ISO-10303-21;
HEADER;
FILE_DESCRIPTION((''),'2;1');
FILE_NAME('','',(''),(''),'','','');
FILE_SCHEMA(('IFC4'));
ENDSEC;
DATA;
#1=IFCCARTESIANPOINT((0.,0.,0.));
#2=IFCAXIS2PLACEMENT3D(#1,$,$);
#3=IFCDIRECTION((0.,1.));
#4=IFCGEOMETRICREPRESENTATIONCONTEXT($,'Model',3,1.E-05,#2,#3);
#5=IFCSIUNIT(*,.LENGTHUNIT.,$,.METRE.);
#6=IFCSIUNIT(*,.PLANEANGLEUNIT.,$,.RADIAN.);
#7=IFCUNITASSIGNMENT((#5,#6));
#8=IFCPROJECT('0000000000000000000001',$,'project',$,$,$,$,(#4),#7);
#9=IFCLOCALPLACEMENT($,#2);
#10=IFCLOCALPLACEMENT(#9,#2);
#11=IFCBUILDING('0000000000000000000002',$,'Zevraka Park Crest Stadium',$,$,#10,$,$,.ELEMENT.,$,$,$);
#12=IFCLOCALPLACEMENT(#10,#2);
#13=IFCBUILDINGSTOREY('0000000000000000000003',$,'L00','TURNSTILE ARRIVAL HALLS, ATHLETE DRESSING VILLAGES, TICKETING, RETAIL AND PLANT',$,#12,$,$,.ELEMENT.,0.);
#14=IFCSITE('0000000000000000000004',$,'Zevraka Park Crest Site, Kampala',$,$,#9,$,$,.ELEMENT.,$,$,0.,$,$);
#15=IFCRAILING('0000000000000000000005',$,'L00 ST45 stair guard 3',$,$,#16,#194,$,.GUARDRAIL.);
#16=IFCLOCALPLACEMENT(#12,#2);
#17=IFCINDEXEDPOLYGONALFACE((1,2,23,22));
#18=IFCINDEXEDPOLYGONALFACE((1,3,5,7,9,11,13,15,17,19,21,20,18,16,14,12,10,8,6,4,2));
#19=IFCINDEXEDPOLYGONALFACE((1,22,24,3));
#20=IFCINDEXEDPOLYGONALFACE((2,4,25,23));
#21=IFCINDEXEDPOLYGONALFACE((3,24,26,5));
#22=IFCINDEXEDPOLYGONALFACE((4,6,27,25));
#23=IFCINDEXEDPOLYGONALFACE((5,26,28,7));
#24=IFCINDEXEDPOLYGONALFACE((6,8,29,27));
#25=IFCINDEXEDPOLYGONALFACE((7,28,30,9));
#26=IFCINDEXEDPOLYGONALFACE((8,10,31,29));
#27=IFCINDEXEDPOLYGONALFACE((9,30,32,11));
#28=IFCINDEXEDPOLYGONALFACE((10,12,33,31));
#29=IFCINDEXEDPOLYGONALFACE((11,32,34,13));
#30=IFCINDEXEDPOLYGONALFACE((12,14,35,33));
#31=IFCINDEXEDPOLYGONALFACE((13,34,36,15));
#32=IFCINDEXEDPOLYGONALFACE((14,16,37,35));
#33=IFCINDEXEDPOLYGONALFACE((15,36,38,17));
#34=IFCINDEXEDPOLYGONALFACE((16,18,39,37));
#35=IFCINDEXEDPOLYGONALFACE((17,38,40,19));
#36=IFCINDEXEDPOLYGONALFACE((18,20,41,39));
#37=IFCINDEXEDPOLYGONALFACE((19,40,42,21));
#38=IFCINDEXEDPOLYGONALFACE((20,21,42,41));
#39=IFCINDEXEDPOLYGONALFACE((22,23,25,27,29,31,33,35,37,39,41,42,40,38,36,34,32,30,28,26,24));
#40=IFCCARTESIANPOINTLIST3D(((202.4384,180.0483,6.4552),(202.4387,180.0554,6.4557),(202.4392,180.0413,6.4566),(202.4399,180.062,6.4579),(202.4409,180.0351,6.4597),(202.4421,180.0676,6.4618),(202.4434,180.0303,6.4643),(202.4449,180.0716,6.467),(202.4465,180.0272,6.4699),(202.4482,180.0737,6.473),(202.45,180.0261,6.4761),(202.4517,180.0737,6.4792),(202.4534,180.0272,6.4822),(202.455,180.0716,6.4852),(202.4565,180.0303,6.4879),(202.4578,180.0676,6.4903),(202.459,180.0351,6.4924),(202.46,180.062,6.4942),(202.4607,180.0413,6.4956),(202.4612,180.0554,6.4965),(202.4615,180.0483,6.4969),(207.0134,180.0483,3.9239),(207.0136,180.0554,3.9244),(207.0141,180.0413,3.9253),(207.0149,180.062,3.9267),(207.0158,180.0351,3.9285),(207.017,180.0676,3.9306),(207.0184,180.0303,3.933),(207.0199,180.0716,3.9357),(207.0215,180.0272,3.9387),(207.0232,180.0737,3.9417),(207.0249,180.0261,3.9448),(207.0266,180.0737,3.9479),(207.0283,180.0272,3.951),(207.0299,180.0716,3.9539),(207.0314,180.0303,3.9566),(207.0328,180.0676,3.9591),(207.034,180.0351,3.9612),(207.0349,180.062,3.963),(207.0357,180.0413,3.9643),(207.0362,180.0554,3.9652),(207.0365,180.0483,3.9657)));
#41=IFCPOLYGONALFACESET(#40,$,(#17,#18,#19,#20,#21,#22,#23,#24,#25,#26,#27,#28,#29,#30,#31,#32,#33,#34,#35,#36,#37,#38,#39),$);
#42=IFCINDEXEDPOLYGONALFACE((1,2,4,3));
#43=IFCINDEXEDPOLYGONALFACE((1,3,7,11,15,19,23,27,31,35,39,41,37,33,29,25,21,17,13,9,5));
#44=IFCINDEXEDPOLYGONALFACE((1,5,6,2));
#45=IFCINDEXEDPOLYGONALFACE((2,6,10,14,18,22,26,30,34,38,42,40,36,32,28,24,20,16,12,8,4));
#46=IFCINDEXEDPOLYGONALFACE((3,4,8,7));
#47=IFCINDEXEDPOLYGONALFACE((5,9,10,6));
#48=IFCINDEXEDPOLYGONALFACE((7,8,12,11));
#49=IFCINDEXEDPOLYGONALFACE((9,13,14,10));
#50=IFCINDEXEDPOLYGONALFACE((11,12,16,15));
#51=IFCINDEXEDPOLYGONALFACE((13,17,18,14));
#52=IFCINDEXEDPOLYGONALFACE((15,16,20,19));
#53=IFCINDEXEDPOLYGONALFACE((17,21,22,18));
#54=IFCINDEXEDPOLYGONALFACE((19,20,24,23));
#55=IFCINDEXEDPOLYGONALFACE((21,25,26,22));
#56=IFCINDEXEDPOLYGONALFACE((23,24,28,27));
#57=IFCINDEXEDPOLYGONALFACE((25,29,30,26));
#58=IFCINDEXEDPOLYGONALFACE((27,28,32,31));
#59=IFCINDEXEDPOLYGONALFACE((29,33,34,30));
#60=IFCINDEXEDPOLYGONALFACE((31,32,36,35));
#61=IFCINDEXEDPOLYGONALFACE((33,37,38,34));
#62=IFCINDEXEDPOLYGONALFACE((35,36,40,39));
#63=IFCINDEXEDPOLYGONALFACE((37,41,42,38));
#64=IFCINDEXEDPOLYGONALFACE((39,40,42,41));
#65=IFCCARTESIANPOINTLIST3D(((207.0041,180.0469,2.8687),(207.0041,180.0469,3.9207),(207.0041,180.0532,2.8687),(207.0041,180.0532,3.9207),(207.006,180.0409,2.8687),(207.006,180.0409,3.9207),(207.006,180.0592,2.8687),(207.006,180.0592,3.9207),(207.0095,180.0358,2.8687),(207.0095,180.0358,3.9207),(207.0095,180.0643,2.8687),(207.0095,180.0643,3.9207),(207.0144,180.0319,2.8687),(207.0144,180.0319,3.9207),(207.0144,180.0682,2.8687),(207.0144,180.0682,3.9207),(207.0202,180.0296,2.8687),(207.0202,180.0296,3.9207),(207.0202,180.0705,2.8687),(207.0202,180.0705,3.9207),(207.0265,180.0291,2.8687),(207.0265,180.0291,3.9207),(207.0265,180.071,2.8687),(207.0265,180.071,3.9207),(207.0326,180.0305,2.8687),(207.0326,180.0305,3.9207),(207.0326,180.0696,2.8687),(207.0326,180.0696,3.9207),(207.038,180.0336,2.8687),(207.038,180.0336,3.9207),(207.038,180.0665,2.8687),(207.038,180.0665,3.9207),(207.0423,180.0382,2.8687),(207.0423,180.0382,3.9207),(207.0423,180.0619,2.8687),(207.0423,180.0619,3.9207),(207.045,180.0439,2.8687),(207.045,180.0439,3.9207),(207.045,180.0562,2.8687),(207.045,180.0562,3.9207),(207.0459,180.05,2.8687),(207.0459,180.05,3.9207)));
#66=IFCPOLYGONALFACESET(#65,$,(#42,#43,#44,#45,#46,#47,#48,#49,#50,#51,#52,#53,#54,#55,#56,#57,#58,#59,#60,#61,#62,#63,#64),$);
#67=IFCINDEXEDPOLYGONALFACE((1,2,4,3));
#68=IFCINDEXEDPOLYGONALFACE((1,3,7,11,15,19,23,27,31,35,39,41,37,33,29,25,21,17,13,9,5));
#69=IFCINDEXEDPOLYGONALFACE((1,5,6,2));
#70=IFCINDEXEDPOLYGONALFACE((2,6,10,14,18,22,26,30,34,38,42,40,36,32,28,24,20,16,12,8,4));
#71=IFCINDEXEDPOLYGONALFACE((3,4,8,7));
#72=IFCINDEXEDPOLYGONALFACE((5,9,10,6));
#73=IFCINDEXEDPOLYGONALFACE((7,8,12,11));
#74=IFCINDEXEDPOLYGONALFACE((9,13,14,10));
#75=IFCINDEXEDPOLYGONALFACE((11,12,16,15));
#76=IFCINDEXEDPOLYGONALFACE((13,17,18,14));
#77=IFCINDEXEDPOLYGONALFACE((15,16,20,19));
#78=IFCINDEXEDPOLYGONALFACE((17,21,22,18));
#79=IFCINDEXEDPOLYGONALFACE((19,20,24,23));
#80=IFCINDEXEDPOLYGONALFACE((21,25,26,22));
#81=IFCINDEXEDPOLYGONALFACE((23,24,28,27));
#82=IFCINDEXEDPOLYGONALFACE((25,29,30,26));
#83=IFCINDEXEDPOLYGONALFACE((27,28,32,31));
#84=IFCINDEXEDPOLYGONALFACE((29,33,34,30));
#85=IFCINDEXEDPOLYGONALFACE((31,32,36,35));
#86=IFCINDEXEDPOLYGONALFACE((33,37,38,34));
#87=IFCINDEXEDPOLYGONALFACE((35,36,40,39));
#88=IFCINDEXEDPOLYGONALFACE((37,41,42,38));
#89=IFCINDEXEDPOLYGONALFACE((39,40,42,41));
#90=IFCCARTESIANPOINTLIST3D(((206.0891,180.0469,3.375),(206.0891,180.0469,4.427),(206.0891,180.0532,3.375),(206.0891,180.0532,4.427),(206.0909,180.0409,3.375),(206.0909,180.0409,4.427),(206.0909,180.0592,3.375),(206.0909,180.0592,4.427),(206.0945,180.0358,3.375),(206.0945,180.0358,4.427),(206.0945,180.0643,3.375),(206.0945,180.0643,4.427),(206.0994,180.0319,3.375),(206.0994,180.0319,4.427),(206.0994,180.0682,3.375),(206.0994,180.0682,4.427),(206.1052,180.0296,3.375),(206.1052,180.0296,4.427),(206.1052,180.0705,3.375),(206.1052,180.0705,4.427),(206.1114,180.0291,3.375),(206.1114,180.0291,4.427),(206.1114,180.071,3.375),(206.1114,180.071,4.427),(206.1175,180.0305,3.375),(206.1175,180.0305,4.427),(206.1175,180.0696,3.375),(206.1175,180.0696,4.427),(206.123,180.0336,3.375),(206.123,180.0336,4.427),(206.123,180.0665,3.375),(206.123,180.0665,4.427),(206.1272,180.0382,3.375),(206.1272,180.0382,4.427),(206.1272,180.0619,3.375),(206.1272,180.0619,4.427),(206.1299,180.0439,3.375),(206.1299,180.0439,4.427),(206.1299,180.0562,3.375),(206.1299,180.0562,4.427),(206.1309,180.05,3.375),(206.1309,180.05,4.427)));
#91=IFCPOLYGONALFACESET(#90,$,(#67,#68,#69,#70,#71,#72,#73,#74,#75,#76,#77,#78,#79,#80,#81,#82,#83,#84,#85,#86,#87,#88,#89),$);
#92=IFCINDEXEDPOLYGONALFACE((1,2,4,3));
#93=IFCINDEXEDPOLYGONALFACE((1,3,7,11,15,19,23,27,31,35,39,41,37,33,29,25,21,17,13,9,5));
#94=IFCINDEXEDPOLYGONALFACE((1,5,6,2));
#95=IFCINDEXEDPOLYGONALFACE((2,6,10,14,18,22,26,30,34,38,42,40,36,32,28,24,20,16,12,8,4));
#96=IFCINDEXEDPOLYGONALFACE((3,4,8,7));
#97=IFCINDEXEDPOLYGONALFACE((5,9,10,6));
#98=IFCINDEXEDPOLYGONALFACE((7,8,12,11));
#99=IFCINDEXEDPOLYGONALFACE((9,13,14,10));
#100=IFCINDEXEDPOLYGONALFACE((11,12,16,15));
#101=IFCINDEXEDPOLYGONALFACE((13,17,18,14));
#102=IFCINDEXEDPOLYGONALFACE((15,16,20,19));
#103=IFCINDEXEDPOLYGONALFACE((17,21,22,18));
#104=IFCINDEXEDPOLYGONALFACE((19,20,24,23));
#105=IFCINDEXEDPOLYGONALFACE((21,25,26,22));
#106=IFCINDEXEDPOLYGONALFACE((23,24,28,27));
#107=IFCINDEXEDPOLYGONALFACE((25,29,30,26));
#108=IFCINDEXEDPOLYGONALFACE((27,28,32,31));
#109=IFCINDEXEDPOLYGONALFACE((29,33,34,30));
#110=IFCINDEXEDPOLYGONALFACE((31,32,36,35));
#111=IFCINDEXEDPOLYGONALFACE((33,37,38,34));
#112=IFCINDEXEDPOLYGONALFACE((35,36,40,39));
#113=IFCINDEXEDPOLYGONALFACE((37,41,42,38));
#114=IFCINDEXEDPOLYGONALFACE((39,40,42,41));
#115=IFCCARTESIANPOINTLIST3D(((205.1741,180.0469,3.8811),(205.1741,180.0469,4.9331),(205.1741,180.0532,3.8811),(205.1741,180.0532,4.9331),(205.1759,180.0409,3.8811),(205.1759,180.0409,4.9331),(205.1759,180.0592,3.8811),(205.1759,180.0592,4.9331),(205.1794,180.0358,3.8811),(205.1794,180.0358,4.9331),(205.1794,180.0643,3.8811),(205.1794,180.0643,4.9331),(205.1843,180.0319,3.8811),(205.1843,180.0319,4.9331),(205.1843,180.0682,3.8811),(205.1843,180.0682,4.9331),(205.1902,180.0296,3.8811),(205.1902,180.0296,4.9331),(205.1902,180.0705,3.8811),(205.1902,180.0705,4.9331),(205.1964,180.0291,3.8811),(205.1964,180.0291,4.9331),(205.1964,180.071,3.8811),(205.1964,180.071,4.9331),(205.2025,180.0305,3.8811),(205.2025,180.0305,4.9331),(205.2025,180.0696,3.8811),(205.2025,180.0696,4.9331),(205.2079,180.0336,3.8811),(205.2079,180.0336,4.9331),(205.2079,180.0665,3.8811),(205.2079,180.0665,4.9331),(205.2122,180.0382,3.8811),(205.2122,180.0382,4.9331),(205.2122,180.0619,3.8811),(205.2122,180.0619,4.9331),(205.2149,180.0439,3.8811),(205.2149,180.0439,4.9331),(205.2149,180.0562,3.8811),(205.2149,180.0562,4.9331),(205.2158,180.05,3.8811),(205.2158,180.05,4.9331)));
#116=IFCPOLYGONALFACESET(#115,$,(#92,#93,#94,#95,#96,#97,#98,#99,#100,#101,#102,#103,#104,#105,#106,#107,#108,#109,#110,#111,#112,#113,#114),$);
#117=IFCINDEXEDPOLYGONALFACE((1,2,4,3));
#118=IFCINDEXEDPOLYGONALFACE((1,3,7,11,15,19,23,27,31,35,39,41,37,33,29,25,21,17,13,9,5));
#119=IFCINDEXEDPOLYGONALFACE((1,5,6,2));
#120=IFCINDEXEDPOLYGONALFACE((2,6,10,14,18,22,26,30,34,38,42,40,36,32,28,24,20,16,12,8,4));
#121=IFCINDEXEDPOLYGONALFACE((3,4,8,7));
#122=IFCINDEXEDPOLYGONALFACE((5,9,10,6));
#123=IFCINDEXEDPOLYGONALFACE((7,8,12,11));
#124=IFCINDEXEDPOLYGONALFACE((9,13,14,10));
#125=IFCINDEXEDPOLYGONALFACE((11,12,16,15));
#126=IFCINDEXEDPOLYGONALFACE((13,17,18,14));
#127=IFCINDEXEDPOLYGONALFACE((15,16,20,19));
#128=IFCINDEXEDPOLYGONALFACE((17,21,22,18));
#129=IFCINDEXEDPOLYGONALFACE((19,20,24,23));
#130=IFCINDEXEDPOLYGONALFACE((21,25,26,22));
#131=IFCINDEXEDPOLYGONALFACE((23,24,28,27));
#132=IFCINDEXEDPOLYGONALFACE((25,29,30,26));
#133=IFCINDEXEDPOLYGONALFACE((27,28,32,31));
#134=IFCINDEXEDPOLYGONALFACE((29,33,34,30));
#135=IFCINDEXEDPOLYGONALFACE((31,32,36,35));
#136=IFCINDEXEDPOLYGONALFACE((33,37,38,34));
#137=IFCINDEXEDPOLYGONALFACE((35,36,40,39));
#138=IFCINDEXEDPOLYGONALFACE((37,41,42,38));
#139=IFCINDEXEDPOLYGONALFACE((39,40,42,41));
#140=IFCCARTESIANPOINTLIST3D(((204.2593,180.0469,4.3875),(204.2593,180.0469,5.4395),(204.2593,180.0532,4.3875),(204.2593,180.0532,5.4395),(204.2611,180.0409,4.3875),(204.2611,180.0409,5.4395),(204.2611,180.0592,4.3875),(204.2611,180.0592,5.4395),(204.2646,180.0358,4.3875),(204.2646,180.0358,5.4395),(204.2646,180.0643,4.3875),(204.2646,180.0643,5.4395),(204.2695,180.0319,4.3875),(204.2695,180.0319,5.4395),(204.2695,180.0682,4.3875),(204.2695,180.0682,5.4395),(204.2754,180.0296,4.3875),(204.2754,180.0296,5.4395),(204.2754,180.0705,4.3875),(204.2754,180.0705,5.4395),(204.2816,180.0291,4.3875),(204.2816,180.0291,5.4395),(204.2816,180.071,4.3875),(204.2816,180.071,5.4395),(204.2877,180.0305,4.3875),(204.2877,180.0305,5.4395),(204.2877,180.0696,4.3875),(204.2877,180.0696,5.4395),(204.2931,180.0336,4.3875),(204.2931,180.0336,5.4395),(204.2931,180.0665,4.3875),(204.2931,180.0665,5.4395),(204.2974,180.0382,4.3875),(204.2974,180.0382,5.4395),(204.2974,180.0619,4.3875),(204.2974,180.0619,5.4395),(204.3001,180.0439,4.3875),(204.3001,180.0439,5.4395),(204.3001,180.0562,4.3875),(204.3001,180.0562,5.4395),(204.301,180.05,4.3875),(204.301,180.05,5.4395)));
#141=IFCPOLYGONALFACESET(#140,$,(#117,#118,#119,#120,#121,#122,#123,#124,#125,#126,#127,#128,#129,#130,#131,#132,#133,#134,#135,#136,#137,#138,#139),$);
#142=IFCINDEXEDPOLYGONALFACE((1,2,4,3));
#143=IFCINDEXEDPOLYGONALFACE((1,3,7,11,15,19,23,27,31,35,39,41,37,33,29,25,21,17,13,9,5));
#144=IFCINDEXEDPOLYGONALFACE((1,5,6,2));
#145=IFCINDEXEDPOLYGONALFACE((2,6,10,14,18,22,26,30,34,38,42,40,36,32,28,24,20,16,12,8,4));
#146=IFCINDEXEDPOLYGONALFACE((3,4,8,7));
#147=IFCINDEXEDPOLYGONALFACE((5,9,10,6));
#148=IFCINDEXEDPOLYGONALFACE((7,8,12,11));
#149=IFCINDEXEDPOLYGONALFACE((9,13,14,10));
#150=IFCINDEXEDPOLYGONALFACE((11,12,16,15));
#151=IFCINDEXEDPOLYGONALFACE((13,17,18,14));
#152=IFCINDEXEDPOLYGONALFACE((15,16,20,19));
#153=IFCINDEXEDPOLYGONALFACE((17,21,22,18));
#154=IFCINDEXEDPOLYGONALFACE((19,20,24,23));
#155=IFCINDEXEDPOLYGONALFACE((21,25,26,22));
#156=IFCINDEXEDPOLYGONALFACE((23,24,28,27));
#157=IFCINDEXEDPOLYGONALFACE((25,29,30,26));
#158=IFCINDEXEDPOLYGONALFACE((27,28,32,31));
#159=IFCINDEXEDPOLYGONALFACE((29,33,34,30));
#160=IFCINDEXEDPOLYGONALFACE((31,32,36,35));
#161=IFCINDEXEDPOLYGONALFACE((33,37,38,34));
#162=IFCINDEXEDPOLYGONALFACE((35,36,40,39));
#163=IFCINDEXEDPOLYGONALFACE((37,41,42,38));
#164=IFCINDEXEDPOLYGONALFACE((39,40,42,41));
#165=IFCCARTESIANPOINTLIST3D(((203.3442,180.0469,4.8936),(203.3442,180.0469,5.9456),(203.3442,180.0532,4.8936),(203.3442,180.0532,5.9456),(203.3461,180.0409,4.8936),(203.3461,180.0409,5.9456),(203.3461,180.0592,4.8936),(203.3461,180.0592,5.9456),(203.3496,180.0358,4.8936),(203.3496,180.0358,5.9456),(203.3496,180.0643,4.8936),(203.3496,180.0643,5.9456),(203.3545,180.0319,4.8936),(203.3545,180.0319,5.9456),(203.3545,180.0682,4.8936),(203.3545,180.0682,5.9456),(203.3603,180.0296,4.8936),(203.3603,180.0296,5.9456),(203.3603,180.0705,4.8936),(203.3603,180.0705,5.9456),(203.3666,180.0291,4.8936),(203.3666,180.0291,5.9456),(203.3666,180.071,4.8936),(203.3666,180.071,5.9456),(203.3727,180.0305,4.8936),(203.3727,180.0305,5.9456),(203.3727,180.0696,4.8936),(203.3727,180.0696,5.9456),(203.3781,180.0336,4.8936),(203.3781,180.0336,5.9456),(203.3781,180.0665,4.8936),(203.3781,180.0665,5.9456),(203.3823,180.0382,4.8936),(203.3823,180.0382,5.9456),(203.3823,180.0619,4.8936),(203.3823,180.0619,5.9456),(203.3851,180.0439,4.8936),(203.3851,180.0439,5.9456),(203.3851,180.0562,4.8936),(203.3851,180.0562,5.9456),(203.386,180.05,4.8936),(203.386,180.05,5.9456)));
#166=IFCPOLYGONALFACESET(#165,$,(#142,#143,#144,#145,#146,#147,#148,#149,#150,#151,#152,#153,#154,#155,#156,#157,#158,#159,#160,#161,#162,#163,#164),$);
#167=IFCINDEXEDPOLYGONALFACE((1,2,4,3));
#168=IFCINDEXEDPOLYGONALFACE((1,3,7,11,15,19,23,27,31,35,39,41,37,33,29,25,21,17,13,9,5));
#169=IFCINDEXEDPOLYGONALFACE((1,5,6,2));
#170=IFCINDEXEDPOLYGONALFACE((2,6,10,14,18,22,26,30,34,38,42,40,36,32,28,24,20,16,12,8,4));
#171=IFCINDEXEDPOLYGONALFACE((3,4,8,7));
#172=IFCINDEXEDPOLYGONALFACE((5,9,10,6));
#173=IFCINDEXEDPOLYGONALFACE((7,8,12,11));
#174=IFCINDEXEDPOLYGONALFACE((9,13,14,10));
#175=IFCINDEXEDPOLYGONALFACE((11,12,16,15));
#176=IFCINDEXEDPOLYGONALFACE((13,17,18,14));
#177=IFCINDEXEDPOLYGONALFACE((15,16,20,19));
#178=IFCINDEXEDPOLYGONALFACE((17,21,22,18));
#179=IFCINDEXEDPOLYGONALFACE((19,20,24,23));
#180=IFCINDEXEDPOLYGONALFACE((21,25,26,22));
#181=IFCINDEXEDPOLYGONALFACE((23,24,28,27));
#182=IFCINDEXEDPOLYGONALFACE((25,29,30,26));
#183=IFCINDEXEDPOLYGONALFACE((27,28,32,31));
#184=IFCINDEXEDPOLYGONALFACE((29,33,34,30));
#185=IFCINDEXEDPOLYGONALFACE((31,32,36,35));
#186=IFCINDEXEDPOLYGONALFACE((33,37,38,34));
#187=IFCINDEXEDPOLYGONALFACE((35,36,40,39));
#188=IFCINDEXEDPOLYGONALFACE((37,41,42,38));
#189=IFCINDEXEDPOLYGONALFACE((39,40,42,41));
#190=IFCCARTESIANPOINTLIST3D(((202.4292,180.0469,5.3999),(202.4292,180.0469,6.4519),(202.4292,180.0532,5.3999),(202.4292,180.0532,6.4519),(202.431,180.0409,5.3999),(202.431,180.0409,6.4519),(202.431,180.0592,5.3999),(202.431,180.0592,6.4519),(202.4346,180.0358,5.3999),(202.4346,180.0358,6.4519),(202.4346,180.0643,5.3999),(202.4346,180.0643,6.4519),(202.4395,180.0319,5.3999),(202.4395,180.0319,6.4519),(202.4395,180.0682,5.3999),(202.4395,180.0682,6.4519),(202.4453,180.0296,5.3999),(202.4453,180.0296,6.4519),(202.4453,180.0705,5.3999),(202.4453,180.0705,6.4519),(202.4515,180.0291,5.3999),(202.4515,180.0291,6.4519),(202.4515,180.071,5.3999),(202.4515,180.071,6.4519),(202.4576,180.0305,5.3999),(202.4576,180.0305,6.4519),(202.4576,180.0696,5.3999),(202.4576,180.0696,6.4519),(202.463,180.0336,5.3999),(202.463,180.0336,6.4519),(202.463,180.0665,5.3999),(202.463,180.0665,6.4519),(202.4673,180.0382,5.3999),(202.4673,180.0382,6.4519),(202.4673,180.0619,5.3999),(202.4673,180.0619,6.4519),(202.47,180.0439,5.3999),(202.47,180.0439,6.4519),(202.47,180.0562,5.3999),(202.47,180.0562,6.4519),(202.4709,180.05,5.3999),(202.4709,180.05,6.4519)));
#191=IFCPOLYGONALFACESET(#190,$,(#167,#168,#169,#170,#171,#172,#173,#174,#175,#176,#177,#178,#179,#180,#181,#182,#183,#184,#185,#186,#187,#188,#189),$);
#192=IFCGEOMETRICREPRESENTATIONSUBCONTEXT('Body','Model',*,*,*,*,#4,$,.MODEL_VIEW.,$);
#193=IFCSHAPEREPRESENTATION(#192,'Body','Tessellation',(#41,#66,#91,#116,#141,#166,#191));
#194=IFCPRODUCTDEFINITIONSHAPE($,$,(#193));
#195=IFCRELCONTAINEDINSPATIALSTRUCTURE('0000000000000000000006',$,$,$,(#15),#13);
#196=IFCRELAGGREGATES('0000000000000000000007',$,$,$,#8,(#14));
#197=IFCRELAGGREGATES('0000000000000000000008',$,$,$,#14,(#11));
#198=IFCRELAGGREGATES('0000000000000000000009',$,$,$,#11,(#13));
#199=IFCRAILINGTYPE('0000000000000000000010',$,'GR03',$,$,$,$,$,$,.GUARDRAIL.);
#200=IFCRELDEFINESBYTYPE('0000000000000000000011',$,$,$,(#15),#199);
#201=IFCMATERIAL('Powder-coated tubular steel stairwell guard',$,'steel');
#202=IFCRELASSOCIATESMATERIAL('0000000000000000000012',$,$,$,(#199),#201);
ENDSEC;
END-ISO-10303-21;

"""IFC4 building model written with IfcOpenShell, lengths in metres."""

from ifc_helpers import new_model, si_unit, direction, frame, origin, origin_2d, place, context, subcontext, project, spatial, circle, extrude, material, type_object, element, save


model = new_model("IFC4")

# Units and contexts
model_context = context("Model", 3, precision=1e-05, world=origin(), true_north=direction((0.0, 1.0)))
body_context = subcontext(model_context, "Body", "Model", "MODEL_VIEW")
ifc_project = project(units=[si_unit("LENGTHUNIT", "METRE"), si_unit("PLANEANGLEUNIT", "RADIAN")], contexts=[model_context])

# Site, building, storey
site_placement = place(None, origin())
site = spatial("IfcSite", under=ifc_project, at=site_placement, Name="Zevraka Park Crest Site, Kampala", CompositionType="ELEMENT", RefElevation=0.0)
building_placement = place(site_placement, origin())
building = spatial("IfcBuilding", under=site, at=building_placement, Name="Zevraka Park Crest Stadium", CompositionType="ELEMENT")
storey_placement = place(building_placement, origin())
storey = spatial("IfcBuildingStorey", under=building, at=storey_placement, Name="L00", Description="TURNSTILE ARRIVAL HALLS, ATHLETE DRESSING VILLAGES, TICKETING, RETAIL AND PLANT", CompositionType="ELEMENT", Elevation=0.0)

# Railing
ifc_material_1 = material(Name="Powder-coated tubular steel stairwell guard", Category="steel")
railing_type_1 = type_object("IfcRailingType", Name="GR03", PredefinedType="GUARDRAIL", material=ifc_material_1)
railing_1_placement = place(storey_placement, frame((207.0249, 180.05, 2.8687)))
element("IfcRailing", 1, at=railing_1_placement, inside=storey, type_object=railing_type_1, Name="L00 ST45 stair guard 3", PredefinedType="GUARDRAIL", context=body_context, shape_type="SweptSolid", body=[
    extrude(circle(Radius=0.0239, at=origin_2d()), frame((0.0, 0.0, 1.0762), z_axis=(-0.875, 0.0, 0.484124), x_axis=(0.0, -1.0, 0.0)), (0.0, 0.0, 1.0), 5.2285),
    extrude(circle(Radius=0.021, at=origin_2d()), origin(), (0.0, 0.0, 1.0), 1.052),
    extrude(circle(Radius=0.021, at=origin_2d()), frame((-0.915, 0.0, 0.5063)), (0.0, 0.0, 1.0), 1.052),
    extrude(circle(Radius=0.021, at=origin_2d()), frame((-1.8301, 0.0, 1.0125)), (0.0, 0.0, 1.0), 1.052),
    extrude(circle(Radius=0.021, at=origin_2d()), frame((-2.7449, 0.0, 1.5188)), (0.0, 0.0, 1.0), 1.052),
    extrude(circle(Radius=0.021, at=origin_2d()), frame((-3.6599, 0.0, 2.0249)), (0.0, 0.0, 1.0), 1.052),
    extrude(circle(Radius=0.021, at=origin_2d()), frame((-4.575, 0.0, 2.5312)), (0.0, 0.0, 1.0), 1.052),
])

save(model, "model.ifc")
